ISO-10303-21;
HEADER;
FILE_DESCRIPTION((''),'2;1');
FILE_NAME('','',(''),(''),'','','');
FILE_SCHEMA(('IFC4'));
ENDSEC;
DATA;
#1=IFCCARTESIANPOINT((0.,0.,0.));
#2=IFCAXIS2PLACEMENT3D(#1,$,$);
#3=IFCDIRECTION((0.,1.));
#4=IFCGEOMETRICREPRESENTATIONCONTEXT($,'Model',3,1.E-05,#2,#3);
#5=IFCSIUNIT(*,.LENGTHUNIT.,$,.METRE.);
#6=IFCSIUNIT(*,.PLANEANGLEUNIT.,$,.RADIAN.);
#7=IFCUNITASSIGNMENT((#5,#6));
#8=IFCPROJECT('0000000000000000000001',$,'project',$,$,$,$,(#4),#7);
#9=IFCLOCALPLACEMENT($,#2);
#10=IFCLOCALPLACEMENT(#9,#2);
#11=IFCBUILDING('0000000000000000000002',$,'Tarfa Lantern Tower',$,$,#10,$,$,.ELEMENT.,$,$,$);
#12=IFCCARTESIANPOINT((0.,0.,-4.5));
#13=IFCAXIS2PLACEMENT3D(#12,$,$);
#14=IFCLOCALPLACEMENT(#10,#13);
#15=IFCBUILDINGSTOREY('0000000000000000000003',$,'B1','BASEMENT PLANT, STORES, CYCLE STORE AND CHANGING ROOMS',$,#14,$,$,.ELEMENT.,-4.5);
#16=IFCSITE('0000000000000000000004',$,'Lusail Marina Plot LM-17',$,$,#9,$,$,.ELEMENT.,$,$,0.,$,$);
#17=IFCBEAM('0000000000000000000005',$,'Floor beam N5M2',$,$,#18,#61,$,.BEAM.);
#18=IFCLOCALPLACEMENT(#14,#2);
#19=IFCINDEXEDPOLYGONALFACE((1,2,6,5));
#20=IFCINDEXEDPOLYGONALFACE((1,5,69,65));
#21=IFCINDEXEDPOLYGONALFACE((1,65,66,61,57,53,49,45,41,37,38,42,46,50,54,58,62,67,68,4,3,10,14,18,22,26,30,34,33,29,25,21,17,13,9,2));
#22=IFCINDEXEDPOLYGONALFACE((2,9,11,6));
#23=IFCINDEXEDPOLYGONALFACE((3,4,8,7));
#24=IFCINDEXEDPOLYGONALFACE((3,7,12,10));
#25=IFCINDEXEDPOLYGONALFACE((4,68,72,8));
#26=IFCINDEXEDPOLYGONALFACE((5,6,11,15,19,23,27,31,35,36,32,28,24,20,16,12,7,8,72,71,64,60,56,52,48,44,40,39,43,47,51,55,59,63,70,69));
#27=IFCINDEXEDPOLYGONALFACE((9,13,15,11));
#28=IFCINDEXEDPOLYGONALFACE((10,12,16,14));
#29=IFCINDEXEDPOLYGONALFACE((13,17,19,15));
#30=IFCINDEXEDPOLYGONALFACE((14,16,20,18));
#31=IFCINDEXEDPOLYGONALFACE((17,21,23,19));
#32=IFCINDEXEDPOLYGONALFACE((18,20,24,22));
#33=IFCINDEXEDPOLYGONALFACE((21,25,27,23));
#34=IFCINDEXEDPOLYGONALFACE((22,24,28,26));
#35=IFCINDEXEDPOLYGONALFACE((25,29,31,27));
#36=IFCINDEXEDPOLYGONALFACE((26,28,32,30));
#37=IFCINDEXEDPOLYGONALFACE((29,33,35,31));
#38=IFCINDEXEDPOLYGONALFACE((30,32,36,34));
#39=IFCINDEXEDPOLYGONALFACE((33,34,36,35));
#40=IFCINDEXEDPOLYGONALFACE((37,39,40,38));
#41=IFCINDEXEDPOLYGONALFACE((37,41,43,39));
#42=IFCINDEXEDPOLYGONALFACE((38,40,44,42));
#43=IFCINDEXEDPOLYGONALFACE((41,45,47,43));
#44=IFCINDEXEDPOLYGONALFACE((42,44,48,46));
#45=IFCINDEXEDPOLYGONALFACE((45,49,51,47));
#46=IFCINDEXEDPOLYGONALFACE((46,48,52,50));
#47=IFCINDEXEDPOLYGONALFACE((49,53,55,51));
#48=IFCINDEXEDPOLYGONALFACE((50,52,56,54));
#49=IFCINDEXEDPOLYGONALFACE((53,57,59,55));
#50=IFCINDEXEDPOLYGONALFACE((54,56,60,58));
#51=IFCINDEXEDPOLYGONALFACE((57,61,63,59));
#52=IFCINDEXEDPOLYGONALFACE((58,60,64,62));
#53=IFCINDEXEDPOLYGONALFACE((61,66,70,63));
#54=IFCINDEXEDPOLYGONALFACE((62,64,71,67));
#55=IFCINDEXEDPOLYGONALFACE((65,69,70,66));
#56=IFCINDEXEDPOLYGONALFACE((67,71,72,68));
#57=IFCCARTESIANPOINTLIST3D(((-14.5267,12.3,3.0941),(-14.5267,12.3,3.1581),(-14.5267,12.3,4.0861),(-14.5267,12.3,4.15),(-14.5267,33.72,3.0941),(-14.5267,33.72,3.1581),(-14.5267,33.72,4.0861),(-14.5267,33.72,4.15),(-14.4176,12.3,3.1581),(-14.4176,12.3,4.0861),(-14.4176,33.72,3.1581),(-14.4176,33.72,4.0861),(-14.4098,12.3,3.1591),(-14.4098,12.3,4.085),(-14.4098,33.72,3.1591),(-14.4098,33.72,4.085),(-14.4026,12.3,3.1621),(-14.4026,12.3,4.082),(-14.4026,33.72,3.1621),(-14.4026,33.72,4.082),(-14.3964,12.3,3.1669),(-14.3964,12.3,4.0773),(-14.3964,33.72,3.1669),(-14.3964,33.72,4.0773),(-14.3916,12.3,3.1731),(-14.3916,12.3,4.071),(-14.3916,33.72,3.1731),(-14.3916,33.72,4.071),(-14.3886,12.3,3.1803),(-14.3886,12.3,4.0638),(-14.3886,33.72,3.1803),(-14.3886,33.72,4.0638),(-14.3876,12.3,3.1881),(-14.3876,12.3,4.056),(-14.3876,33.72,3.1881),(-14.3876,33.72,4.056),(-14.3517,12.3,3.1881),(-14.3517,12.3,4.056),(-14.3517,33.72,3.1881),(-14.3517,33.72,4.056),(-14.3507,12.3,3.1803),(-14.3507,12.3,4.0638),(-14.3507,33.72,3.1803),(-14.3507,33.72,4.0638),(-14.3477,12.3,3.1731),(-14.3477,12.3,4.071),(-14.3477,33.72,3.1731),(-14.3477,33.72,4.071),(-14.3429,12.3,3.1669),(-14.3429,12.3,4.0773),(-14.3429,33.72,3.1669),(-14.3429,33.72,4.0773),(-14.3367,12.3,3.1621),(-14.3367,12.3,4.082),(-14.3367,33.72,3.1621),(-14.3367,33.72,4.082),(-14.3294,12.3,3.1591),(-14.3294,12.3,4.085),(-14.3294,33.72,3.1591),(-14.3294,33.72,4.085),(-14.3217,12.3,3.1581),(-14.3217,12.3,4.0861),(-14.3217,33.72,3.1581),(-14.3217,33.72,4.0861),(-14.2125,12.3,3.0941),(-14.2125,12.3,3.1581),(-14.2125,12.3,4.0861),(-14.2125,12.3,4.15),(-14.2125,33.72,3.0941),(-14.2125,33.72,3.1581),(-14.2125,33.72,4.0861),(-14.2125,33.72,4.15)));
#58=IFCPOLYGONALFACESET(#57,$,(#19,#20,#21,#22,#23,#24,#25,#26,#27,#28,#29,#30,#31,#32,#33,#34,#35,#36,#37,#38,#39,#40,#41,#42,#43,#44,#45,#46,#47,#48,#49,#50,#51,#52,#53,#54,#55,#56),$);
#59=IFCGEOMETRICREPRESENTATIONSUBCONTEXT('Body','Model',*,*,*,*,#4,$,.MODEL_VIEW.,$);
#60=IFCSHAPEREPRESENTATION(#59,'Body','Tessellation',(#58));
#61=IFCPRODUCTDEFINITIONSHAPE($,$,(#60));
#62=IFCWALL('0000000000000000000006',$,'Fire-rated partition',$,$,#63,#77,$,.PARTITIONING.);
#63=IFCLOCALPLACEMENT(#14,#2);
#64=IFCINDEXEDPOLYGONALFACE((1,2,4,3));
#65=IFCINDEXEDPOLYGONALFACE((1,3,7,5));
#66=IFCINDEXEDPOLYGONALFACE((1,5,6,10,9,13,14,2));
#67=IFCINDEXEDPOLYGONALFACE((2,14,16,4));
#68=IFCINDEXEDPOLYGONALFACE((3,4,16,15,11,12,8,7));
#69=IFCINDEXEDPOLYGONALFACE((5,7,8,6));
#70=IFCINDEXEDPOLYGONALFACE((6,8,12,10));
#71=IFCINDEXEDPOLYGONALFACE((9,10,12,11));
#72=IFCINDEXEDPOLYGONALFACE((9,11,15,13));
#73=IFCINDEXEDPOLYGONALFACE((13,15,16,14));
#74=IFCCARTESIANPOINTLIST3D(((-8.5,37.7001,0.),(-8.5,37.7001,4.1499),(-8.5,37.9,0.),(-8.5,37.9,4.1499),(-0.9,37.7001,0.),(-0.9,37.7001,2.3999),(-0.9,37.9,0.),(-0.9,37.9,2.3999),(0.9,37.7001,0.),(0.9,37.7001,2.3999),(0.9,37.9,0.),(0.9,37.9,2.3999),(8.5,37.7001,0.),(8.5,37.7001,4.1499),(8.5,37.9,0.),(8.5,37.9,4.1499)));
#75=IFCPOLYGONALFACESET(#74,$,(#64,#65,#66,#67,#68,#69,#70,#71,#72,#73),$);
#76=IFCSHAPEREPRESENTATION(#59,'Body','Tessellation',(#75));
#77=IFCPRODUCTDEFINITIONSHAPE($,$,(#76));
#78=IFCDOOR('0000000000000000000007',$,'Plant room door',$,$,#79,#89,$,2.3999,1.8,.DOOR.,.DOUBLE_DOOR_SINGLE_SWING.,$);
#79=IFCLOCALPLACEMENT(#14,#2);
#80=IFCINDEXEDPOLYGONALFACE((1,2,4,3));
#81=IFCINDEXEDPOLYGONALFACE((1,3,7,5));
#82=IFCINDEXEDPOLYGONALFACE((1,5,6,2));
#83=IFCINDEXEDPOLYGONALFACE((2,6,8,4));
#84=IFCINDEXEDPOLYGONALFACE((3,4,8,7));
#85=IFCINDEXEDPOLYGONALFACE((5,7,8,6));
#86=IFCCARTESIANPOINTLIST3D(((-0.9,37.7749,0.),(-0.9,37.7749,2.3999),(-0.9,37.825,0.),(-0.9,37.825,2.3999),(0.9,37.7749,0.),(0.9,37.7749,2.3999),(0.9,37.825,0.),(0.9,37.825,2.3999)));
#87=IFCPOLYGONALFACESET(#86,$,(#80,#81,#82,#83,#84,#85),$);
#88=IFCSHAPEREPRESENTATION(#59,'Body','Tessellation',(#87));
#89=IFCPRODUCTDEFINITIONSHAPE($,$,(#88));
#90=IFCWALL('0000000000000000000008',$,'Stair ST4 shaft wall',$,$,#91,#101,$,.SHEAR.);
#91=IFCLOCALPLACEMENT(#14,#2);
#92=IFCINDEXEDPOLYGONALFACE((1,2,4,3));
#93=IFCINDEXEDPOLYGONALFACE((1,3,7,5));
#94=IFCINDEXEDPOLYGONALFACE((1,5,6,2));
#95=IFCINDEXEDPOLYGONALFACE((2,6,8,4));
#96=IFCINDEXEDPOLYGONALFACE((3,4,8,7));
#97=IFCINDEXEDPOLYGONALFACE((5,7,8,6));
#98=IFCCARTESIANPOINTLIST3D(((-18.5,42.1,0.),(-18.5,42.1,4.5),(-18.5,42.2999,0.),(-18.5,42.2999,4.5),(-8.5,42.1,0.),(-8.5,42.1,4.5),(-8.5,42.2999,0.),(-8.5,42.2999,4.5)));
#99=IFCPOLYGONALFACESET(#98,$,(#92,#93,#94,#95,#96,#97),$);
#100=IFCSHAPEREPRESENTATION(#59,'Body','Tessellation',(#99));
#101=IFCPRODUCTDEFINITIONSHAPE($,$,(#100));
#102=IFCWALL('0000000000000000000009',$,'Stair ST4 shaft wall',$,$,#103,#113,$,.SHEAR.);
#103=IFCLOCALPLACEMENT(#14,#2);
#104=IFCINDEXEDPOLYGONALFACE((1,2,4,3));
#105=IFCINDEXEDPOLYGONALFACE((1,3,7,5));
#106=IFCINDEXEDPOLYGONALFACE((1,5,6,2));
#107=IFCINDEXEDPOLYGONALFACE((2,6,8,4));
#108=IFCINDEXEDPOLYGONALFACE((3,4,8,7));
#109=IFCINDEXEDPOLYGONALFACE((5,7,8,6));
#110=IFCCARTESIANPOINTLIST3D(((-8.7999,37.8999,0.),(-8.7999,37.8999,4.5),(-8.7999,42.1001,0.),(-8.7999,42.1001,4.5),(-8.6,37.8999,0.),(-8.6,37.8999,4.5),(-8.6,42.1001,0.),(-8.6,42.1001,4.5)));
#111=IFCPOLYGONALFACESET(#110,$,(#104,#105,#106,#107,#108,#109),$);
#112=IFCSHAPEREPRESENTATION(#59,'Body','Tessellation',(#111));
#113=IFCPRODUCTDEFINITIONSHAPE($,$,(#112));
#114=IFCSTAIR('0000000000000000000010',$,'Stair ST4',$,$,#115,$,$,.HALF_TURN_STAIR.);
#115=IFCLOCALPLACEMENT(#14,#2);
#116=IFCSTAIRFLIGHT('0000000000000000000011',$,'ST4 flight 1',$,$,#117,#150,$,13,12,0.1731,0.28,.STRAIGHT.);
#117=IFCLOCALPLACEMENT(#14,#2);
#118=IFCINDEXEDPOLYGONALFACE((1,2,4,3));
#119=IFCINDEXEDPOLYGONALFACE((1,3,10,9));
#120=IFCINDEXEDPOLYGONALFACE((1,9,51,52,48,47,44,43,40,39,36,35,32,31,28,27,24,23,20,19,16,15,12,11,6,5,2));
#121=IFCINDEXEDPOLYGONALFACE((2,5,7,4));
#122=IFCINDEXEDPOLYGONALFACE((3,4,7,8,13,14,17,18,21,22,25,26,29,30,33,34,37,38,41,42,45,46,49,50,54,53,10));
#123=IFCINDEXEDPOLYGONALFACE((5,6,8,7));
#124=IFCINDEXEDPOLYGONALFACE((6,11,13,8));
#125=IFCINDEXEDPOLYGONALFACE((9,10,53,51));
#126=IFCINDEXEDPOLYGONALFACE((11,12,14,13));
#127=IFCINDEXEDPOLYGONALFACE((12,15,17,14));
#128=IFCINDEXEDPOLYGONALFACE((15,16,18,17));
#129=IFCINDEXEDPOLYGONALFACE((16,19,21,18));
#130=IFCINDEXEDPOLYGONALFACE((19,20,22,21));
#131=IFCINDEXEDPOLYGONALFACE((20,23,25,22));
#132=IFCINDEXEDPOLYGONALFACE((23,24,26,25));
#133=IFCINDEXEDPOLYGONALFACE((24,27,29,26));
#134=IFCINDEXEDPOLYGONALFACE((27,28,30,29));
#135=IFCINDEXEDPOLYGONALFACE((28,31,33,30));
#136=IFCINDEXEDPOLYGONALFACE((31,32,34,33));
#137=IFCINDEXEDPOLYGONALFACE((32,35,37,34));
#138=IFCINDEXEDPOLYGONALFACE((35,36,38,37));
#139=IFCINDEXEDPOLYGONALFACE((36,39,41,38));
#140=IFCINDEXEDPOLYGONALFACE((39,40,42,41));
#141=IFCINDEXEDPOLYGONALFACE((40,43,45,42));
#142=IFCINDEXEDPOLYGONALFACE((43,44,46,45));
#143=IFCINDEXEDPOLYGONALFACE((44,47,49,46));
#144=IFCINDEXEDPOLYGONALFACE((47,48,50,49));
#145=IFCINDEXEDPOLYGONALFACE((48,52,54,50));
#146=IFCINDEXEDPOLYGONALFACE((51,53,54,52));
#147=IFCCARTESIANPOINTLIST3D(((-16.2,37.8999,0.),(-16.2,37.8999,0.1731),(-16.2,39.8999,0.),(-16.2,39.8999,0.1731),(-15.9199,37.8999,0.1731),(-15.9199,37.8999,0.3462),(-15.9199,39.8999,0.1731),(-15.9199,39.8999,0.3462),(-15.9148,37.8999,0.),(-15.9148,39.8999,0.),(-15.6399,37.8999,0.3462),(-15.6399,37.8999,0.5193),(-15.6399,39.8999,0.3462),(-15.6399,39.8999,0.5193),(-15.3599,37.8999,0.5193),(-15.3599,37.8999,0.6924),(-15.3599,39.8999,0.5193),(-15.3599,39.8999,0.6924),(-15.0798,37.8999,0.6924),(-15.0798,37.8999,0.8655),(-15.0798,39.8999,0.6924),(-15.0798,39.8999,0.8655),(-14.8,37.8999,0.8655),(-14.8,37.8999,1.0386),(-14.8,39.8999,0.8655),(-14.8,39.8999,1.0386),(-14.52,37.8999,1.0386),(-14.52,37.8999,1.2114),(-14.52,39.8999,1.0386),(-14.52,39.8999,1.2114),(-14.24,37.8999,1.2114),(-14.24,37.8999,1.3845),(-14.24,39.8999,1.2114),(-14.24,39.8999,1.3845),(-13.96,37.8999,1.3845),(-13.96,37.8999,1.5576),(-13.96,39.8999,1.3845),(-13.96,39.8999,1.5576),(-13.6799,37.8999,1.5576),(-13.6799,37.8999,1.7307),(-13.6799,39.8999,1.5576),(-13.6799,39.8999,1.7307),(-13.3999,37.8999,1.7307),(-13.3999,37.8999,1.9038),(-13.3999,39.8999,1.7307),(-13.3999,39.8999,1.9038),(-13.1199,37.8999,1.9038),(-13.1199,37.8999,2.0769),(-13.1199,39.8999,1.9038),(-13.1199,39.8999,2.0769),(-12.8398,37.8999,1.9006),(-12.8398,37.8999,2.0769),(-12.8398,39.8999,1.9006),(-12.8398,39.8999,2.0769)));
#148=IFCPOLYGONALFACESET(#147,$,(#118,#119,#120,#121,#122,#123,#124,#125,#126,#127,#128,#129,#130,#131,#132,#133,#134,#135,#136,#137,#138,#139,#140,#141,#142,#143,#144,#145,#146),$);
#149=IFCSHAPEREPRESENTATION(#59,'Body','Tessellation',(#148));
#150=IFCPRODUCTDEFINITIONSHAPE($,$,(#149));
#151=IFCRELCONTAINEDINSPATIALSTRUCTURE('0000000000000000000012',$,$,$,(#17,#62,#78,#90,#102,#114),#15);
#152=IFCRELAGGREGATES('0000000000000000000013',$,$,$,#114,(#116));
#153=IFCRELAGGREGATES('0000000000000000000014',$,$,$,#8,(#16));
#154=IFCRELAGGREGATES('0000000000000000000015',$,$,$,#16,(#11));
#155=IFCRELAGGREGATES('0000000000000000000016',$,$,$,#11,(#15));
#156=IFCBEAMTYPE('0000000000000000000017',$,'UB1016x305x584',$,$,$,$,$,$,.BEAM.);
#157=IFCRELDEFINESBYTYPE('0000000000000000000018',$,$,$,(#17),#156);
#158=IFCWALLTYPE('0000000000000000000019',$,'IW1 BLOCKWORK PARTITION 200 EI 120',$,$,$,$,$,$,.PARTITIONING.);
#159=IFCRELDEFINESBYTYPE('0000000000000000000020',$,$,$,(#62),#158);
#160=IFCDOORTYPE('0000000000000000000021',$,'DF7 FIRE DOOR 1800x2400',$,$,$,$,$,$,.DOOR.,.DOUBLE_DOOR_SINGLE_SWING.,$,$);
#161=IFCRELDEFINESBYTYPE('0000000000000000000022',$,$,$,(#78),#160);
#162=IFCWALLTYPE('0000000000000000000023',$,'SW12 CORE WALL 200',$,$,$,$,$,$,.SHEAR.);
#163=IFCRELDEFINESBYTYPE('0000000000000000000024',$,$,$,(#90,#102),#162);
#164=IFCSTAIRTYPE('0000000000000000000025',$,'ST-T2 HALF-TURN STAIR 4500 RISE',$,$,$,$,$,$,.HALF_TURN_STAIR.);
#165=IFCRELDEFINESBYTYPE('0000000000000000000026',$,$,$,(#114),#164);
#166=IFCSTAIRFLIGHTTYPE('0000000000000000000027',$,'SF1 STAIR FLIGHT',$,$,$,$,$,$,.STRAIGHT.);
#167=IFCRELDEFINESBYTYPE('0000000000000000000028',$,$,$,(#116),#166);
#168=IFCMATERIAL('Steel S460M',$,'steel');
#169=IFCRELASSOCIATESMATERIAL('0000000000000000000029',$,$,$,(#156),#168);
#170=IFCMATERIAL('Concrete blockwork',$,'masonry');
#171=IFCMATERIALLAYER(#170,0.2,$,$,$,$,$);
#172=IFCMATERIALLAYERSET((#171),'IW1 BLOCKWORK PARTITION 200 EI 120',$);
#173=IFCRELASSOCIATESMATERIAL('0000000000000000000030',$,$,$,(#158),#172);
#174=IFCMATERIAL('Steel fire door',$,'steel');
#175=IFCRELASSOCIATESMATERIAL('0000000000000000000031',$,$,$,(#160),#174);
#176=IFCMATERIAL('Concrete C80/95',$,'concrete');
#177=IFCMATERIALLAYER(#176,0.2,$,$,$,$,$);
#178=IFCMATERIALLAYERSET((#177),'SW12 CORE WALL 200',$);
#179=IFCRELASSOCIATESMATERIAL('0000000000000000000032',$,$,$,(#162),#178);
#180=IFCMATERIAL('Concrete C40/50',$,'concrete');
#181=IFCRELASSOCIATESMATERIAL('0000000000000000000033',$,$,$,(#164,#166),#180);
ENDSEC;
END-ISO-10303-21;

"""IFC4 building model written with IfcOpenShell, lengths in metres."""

from ifc_helpers import new_model, si_unit, direction, frame, frame_2d, origin, origin_2d, place, context, subcontext, project, spatial, polyline, rectangle, i_section, outline, extrude, material, layer, layer_set, material_profile, profile_set, type_object, element, fill, aggregate, save


model = new_model("IFC4")

# Units and contexts
model_context = context("Model", 3, precision=1e-05, world=origin(), true_north=direction((0.0, 1.0)))
body_context = subcontext(model_context, "Body", "Model", "MODEL_VIEW")
ifc_project = project(units=[si_unit("LENGTHUNIT", "METRE"), si_unit("PLANEANGLEUNIT", "RADIAN")], contexts=[model_context])

# Site, building, storey
site_placement = place(None, origin())
site = spatial("IfcSite", under=ifc_project, at=site_placement, Name="Lusail Marina Plot LM-17", CompositionType="ELEMENT", RefElevation=0.0)
building_placement = place(site_placement, origin())
building = spatial("IfcBuilding", under=site, at=building_placement, Name="Tarfa Lantern Tower", CompositionType="ELEMENT")
storey_placement = place(building_placement, frame((0.0, 0.0, -4.5)))
storey = spatial("IfcBuildingStorey", under=building, at=storey_placement, Name="B1", Description="BASEMENT PLANT, STORES, CYCLE STORE AND CHANGING ROOMS", CompositionType="ELEMENT", Elevation=-4.5)

# Shared definitions
ifc_material_1 = material(Name="Concrete C80/95", Category="concrete")

# Beam
ifc_material_2 = material(Name="Steel S460M", Category="steel")
ifc_material_profile_1 = material_profile(ifc_material_2, i_section(OverallWidth=0.3142, OverallDepth=1.0559, WebThickness=0.0359, FlangeThickness=0.064, FilletRadius=0.03, at=origin_2d()), Name="UB1016x305x584")
ifc_profile_set_1 = profile_set([ifc_material_profile_1], Name="Steel S460M")
beam_type_1 = type_object("IfcBeamType", Name="UB1016x305x584", PredefinedType="BEAM", material=ifc_profile_set_1)
for number, where, z_axis, x_axis, name in (
    (1, (-14.3696, 33.72, 3.6221), (0.0, -1.0, 0.0), (1.0, 0.0, 0.0), "Floor beam N5M2"),
):
    element("IfcBeam", number, at=place(storey_placement, frame(where, z_axis=z_axis, x_axis=x_axis)), inside=storey, type_object=beam_type_1, Name=name, PredefinedType="BEAM", context=body_context, shape_type="SweptSolid", body=[
        extrude(i_section(OverallWidth=0.3142, OverallDepth=1.0559, WebThickness=0.0359, FlangeThickness=0.064, FilletRadius=0.03, at=origin_2d()), origin(), (0.0, 0.0, 1.0), 21.4199),
    ])

# Wall, opening, door
ifc_material_3 = material(Name="Concrete blockwork", Category="masonry")
ifc_layer_1 = layer(ifc_material_3, 0.2)
ifc_layer_set_1 = layer_set([ifc_layer_1], Name="IW1 BLOCKWORK PARTITION 200 EI 120")
wall_type_1 = type_object("IfcWallType", Name="IW1 BLOCKWORK PARTITION 200 EI 120", PredefinedType="PARTITIONING", material=ifc_layer_set_1)
wall_1_placement = place(storey_placement, frame((-8.5, 37.8, 0.0), z_axis=(0.0, 0.0, 1.0), x_axis=(1.0, 0.0, 0.0)))
wall_1 = element("IfcWall", 2, at=wall_1_placement, inside=storey, type_object=wall_type_1, Name="Fire-rated partition", PredefinedType="PARTITIONING", context=body_context, shape_type="SweptSolid", body=[
    extrude(rectangle(XDim=17.0, YDim=0.2, at=frame_2d((8.5, 0.0))), origin(), (0.0, 0.0, 1.0), 4.1499),
])
opening_placement = place(wall_1_placement, frame((7.6001, 0.0, 0.0)))
opening = element("IfcOpeningElement", 3, at=opening_placement, cuts=wall_1, PredefinedType="OPENING", context=body_context, shape_type="SweptSolid", body=[
    extrude(rectangle(XDim=1.8, YDim=2.3999, at=frame_2d((0.8999, 1.2))), frame((0.0, 0.1099, 0.0), z_axis=(0.0, -1.0, 0.0), x_axis=(1.0, 0.0, 0.0)), (0.0, 0.0, 1.0), 0.22),
])
ifc_material_4 = material(Name="Steel fire door", Category="steel")
door_type = type_object("IfcDoorType", Name="DF7 FIRE DOOR 1800x2400", OperationType="DOUBLE_DOOR_SINGLE_SWING", PredefinedType="DOOR", material=ifc_material_4)
door_placement = place(opening_placement, origin())
door = element("IfcDoor", 4, at=door_placement, inside=storey, type_object=door_type, Name="Plant room door", OperationType="DOUBLE_DOOR_SINGLE_SWING", OverallHeight=2.3999, OverallWidth=1.8, PredefinedType="DOOR", context=body_context, shape_type="SweptSolid", body=[
    extrude(rectangle(XDim=1.8, YDim=2.3999, at=frame_2d((0.8999, 1.2))), frame((0.0, 0.0249, 0.0), z_axis=(0.0, -1.0, 0.0), x_axis=(1.0, 0.0, 0.0)), (0.0, 0.0, 1.0), 0.05),
])
fill(opening, door)

# Walls
ifc_layer_2 = layer(ifc_material_1, 0.2)
ifc_layer_set_2 = layer_set([ifc_layer_2], Name="SW12 CORE WALL 200")
wall_type_2 = type_object("IfcWallType", Name="SW12 CORE WALL 200", PredefinedType="SHEAR", material=ifc_layer_set_2)
wall_2_placement = place(storey_placement, frame((-8.5, 42.2, 0.0), z_axis=(0.0, 0.0, 1.0), x_axis=(-1.0, 0.0, 0.0)))
element("IfcWall", 5, at=wall_2_placement, inside=storey, type_object=wall_type_2, Name="Stair ST4 shaft wall", PredefinedType="SHEAR", context=body_context, shape_type="SweptSolid", body=[
    extrude(rectangle(XDim=10.0, YDim=0.2, at=frame_2d((5.0, 0.0))), origin(), (0.0, 0.0, 1.0), 4.5),
])
wall_3_placement = place(storey_placement, frame((-8.7, 37.8999, 0.0), z_axis=(0.0, 0.0, 1.0), x_axis=(0.0, 1.0, 0.0)))
element("IfcWall", 6, at=wall_3_placement, inside=storey, type_object=wall_type_2, Name="Stair ST4 shaft wall", PredefinedType="SHEAR", context=body_context, shape_type="SweptSolid", body=[
    extrude(rectangle(XDim=4.2002, YDim=0.2, at=frame_2d((2.1001, 0.0))), origin(), (0.0, 0.0, 1.0), 4.5),
])

# Stair, stair flight
ifc_material_5 = material(Name="Concrete C40/50", Category="concrete")
stair_type = type_object("IfcStairType", Name="ST-T2 HALF-TURN STAIR 4500 RISE", PredefinedType="HALF_TURN_STAIR", material=ifc_material_5)
stair_placement = place(storey_placement, origin())
stair = element("IfcStair", 7, at=stair_placement, inside=storey, type_object=stair_type, Name="Stair ST4", PredefinedType="HALF_TURN_STAIR")
stair_flight_type = type_object("IfcStairFlightType", Name="SF1 STAIR FLIGHT", PredefinedType="STRAIGHT", material=ifc_material_5)
stair_flight_1_placement = place(storey_placement, frame((-16.2, 38.8999, 0.0), z_axis=(0.0, 0.0, 1.0), x_axis=(1.0, 0.0, 0.0)))
stair_flight_1 = element("IfcStairFlight", 8, at=stair_flight_1_placement, type_object=stair_flight_type, Name="ST4 flight 1", NumberOfRisers=13, NumberOfTreads=12, PredefinedType="STRAIGHT", RiserHeight=0.1731, TreadLength=0.28, context=body_context, shape_type="SweptSolid", body=[
    extrude(outline(polyline([(0.0, 0.0), (0.0, 0.1731), (0.28, 0.1731), (0.28, 0.3462), (0.5601, 0.3462), (0.5601, 0.5193), (0.8401, 0.5193), (0.8401, 0.6924), (1.1201, 0.6924), (1.1201, 0.8655), (1.3999, 0.8655), (1.3999, 1.0386), (1.6799, 1.0386), (1.6799, 1.2114), (1.96, 1.2114), (1.96, 1.3845), (2.24, 1.3845), (2.24, 1.5576), (2.52, 1.5576), (2.52, 1.7307), (2.8, 1.7307), (2.8, 1.9038), (3.0801, 1.9038), (3.0801, 2.0769), (3.3601, 2.0769), (3.3601, 2.25), (3.3601, 1.9006), (0.2852, 0.0), (0.0, 0.0)])), frame((0.0, 1.0, 0.0), z_axis=(0.0, -1.0, 0.0), x_axis=(1.0, 0.0, 0.0)), (0.0, 0.0, 1.0), 2.0),
])
aggregate(stair, [stair_flight_1])

save(model, "model.ifc")
